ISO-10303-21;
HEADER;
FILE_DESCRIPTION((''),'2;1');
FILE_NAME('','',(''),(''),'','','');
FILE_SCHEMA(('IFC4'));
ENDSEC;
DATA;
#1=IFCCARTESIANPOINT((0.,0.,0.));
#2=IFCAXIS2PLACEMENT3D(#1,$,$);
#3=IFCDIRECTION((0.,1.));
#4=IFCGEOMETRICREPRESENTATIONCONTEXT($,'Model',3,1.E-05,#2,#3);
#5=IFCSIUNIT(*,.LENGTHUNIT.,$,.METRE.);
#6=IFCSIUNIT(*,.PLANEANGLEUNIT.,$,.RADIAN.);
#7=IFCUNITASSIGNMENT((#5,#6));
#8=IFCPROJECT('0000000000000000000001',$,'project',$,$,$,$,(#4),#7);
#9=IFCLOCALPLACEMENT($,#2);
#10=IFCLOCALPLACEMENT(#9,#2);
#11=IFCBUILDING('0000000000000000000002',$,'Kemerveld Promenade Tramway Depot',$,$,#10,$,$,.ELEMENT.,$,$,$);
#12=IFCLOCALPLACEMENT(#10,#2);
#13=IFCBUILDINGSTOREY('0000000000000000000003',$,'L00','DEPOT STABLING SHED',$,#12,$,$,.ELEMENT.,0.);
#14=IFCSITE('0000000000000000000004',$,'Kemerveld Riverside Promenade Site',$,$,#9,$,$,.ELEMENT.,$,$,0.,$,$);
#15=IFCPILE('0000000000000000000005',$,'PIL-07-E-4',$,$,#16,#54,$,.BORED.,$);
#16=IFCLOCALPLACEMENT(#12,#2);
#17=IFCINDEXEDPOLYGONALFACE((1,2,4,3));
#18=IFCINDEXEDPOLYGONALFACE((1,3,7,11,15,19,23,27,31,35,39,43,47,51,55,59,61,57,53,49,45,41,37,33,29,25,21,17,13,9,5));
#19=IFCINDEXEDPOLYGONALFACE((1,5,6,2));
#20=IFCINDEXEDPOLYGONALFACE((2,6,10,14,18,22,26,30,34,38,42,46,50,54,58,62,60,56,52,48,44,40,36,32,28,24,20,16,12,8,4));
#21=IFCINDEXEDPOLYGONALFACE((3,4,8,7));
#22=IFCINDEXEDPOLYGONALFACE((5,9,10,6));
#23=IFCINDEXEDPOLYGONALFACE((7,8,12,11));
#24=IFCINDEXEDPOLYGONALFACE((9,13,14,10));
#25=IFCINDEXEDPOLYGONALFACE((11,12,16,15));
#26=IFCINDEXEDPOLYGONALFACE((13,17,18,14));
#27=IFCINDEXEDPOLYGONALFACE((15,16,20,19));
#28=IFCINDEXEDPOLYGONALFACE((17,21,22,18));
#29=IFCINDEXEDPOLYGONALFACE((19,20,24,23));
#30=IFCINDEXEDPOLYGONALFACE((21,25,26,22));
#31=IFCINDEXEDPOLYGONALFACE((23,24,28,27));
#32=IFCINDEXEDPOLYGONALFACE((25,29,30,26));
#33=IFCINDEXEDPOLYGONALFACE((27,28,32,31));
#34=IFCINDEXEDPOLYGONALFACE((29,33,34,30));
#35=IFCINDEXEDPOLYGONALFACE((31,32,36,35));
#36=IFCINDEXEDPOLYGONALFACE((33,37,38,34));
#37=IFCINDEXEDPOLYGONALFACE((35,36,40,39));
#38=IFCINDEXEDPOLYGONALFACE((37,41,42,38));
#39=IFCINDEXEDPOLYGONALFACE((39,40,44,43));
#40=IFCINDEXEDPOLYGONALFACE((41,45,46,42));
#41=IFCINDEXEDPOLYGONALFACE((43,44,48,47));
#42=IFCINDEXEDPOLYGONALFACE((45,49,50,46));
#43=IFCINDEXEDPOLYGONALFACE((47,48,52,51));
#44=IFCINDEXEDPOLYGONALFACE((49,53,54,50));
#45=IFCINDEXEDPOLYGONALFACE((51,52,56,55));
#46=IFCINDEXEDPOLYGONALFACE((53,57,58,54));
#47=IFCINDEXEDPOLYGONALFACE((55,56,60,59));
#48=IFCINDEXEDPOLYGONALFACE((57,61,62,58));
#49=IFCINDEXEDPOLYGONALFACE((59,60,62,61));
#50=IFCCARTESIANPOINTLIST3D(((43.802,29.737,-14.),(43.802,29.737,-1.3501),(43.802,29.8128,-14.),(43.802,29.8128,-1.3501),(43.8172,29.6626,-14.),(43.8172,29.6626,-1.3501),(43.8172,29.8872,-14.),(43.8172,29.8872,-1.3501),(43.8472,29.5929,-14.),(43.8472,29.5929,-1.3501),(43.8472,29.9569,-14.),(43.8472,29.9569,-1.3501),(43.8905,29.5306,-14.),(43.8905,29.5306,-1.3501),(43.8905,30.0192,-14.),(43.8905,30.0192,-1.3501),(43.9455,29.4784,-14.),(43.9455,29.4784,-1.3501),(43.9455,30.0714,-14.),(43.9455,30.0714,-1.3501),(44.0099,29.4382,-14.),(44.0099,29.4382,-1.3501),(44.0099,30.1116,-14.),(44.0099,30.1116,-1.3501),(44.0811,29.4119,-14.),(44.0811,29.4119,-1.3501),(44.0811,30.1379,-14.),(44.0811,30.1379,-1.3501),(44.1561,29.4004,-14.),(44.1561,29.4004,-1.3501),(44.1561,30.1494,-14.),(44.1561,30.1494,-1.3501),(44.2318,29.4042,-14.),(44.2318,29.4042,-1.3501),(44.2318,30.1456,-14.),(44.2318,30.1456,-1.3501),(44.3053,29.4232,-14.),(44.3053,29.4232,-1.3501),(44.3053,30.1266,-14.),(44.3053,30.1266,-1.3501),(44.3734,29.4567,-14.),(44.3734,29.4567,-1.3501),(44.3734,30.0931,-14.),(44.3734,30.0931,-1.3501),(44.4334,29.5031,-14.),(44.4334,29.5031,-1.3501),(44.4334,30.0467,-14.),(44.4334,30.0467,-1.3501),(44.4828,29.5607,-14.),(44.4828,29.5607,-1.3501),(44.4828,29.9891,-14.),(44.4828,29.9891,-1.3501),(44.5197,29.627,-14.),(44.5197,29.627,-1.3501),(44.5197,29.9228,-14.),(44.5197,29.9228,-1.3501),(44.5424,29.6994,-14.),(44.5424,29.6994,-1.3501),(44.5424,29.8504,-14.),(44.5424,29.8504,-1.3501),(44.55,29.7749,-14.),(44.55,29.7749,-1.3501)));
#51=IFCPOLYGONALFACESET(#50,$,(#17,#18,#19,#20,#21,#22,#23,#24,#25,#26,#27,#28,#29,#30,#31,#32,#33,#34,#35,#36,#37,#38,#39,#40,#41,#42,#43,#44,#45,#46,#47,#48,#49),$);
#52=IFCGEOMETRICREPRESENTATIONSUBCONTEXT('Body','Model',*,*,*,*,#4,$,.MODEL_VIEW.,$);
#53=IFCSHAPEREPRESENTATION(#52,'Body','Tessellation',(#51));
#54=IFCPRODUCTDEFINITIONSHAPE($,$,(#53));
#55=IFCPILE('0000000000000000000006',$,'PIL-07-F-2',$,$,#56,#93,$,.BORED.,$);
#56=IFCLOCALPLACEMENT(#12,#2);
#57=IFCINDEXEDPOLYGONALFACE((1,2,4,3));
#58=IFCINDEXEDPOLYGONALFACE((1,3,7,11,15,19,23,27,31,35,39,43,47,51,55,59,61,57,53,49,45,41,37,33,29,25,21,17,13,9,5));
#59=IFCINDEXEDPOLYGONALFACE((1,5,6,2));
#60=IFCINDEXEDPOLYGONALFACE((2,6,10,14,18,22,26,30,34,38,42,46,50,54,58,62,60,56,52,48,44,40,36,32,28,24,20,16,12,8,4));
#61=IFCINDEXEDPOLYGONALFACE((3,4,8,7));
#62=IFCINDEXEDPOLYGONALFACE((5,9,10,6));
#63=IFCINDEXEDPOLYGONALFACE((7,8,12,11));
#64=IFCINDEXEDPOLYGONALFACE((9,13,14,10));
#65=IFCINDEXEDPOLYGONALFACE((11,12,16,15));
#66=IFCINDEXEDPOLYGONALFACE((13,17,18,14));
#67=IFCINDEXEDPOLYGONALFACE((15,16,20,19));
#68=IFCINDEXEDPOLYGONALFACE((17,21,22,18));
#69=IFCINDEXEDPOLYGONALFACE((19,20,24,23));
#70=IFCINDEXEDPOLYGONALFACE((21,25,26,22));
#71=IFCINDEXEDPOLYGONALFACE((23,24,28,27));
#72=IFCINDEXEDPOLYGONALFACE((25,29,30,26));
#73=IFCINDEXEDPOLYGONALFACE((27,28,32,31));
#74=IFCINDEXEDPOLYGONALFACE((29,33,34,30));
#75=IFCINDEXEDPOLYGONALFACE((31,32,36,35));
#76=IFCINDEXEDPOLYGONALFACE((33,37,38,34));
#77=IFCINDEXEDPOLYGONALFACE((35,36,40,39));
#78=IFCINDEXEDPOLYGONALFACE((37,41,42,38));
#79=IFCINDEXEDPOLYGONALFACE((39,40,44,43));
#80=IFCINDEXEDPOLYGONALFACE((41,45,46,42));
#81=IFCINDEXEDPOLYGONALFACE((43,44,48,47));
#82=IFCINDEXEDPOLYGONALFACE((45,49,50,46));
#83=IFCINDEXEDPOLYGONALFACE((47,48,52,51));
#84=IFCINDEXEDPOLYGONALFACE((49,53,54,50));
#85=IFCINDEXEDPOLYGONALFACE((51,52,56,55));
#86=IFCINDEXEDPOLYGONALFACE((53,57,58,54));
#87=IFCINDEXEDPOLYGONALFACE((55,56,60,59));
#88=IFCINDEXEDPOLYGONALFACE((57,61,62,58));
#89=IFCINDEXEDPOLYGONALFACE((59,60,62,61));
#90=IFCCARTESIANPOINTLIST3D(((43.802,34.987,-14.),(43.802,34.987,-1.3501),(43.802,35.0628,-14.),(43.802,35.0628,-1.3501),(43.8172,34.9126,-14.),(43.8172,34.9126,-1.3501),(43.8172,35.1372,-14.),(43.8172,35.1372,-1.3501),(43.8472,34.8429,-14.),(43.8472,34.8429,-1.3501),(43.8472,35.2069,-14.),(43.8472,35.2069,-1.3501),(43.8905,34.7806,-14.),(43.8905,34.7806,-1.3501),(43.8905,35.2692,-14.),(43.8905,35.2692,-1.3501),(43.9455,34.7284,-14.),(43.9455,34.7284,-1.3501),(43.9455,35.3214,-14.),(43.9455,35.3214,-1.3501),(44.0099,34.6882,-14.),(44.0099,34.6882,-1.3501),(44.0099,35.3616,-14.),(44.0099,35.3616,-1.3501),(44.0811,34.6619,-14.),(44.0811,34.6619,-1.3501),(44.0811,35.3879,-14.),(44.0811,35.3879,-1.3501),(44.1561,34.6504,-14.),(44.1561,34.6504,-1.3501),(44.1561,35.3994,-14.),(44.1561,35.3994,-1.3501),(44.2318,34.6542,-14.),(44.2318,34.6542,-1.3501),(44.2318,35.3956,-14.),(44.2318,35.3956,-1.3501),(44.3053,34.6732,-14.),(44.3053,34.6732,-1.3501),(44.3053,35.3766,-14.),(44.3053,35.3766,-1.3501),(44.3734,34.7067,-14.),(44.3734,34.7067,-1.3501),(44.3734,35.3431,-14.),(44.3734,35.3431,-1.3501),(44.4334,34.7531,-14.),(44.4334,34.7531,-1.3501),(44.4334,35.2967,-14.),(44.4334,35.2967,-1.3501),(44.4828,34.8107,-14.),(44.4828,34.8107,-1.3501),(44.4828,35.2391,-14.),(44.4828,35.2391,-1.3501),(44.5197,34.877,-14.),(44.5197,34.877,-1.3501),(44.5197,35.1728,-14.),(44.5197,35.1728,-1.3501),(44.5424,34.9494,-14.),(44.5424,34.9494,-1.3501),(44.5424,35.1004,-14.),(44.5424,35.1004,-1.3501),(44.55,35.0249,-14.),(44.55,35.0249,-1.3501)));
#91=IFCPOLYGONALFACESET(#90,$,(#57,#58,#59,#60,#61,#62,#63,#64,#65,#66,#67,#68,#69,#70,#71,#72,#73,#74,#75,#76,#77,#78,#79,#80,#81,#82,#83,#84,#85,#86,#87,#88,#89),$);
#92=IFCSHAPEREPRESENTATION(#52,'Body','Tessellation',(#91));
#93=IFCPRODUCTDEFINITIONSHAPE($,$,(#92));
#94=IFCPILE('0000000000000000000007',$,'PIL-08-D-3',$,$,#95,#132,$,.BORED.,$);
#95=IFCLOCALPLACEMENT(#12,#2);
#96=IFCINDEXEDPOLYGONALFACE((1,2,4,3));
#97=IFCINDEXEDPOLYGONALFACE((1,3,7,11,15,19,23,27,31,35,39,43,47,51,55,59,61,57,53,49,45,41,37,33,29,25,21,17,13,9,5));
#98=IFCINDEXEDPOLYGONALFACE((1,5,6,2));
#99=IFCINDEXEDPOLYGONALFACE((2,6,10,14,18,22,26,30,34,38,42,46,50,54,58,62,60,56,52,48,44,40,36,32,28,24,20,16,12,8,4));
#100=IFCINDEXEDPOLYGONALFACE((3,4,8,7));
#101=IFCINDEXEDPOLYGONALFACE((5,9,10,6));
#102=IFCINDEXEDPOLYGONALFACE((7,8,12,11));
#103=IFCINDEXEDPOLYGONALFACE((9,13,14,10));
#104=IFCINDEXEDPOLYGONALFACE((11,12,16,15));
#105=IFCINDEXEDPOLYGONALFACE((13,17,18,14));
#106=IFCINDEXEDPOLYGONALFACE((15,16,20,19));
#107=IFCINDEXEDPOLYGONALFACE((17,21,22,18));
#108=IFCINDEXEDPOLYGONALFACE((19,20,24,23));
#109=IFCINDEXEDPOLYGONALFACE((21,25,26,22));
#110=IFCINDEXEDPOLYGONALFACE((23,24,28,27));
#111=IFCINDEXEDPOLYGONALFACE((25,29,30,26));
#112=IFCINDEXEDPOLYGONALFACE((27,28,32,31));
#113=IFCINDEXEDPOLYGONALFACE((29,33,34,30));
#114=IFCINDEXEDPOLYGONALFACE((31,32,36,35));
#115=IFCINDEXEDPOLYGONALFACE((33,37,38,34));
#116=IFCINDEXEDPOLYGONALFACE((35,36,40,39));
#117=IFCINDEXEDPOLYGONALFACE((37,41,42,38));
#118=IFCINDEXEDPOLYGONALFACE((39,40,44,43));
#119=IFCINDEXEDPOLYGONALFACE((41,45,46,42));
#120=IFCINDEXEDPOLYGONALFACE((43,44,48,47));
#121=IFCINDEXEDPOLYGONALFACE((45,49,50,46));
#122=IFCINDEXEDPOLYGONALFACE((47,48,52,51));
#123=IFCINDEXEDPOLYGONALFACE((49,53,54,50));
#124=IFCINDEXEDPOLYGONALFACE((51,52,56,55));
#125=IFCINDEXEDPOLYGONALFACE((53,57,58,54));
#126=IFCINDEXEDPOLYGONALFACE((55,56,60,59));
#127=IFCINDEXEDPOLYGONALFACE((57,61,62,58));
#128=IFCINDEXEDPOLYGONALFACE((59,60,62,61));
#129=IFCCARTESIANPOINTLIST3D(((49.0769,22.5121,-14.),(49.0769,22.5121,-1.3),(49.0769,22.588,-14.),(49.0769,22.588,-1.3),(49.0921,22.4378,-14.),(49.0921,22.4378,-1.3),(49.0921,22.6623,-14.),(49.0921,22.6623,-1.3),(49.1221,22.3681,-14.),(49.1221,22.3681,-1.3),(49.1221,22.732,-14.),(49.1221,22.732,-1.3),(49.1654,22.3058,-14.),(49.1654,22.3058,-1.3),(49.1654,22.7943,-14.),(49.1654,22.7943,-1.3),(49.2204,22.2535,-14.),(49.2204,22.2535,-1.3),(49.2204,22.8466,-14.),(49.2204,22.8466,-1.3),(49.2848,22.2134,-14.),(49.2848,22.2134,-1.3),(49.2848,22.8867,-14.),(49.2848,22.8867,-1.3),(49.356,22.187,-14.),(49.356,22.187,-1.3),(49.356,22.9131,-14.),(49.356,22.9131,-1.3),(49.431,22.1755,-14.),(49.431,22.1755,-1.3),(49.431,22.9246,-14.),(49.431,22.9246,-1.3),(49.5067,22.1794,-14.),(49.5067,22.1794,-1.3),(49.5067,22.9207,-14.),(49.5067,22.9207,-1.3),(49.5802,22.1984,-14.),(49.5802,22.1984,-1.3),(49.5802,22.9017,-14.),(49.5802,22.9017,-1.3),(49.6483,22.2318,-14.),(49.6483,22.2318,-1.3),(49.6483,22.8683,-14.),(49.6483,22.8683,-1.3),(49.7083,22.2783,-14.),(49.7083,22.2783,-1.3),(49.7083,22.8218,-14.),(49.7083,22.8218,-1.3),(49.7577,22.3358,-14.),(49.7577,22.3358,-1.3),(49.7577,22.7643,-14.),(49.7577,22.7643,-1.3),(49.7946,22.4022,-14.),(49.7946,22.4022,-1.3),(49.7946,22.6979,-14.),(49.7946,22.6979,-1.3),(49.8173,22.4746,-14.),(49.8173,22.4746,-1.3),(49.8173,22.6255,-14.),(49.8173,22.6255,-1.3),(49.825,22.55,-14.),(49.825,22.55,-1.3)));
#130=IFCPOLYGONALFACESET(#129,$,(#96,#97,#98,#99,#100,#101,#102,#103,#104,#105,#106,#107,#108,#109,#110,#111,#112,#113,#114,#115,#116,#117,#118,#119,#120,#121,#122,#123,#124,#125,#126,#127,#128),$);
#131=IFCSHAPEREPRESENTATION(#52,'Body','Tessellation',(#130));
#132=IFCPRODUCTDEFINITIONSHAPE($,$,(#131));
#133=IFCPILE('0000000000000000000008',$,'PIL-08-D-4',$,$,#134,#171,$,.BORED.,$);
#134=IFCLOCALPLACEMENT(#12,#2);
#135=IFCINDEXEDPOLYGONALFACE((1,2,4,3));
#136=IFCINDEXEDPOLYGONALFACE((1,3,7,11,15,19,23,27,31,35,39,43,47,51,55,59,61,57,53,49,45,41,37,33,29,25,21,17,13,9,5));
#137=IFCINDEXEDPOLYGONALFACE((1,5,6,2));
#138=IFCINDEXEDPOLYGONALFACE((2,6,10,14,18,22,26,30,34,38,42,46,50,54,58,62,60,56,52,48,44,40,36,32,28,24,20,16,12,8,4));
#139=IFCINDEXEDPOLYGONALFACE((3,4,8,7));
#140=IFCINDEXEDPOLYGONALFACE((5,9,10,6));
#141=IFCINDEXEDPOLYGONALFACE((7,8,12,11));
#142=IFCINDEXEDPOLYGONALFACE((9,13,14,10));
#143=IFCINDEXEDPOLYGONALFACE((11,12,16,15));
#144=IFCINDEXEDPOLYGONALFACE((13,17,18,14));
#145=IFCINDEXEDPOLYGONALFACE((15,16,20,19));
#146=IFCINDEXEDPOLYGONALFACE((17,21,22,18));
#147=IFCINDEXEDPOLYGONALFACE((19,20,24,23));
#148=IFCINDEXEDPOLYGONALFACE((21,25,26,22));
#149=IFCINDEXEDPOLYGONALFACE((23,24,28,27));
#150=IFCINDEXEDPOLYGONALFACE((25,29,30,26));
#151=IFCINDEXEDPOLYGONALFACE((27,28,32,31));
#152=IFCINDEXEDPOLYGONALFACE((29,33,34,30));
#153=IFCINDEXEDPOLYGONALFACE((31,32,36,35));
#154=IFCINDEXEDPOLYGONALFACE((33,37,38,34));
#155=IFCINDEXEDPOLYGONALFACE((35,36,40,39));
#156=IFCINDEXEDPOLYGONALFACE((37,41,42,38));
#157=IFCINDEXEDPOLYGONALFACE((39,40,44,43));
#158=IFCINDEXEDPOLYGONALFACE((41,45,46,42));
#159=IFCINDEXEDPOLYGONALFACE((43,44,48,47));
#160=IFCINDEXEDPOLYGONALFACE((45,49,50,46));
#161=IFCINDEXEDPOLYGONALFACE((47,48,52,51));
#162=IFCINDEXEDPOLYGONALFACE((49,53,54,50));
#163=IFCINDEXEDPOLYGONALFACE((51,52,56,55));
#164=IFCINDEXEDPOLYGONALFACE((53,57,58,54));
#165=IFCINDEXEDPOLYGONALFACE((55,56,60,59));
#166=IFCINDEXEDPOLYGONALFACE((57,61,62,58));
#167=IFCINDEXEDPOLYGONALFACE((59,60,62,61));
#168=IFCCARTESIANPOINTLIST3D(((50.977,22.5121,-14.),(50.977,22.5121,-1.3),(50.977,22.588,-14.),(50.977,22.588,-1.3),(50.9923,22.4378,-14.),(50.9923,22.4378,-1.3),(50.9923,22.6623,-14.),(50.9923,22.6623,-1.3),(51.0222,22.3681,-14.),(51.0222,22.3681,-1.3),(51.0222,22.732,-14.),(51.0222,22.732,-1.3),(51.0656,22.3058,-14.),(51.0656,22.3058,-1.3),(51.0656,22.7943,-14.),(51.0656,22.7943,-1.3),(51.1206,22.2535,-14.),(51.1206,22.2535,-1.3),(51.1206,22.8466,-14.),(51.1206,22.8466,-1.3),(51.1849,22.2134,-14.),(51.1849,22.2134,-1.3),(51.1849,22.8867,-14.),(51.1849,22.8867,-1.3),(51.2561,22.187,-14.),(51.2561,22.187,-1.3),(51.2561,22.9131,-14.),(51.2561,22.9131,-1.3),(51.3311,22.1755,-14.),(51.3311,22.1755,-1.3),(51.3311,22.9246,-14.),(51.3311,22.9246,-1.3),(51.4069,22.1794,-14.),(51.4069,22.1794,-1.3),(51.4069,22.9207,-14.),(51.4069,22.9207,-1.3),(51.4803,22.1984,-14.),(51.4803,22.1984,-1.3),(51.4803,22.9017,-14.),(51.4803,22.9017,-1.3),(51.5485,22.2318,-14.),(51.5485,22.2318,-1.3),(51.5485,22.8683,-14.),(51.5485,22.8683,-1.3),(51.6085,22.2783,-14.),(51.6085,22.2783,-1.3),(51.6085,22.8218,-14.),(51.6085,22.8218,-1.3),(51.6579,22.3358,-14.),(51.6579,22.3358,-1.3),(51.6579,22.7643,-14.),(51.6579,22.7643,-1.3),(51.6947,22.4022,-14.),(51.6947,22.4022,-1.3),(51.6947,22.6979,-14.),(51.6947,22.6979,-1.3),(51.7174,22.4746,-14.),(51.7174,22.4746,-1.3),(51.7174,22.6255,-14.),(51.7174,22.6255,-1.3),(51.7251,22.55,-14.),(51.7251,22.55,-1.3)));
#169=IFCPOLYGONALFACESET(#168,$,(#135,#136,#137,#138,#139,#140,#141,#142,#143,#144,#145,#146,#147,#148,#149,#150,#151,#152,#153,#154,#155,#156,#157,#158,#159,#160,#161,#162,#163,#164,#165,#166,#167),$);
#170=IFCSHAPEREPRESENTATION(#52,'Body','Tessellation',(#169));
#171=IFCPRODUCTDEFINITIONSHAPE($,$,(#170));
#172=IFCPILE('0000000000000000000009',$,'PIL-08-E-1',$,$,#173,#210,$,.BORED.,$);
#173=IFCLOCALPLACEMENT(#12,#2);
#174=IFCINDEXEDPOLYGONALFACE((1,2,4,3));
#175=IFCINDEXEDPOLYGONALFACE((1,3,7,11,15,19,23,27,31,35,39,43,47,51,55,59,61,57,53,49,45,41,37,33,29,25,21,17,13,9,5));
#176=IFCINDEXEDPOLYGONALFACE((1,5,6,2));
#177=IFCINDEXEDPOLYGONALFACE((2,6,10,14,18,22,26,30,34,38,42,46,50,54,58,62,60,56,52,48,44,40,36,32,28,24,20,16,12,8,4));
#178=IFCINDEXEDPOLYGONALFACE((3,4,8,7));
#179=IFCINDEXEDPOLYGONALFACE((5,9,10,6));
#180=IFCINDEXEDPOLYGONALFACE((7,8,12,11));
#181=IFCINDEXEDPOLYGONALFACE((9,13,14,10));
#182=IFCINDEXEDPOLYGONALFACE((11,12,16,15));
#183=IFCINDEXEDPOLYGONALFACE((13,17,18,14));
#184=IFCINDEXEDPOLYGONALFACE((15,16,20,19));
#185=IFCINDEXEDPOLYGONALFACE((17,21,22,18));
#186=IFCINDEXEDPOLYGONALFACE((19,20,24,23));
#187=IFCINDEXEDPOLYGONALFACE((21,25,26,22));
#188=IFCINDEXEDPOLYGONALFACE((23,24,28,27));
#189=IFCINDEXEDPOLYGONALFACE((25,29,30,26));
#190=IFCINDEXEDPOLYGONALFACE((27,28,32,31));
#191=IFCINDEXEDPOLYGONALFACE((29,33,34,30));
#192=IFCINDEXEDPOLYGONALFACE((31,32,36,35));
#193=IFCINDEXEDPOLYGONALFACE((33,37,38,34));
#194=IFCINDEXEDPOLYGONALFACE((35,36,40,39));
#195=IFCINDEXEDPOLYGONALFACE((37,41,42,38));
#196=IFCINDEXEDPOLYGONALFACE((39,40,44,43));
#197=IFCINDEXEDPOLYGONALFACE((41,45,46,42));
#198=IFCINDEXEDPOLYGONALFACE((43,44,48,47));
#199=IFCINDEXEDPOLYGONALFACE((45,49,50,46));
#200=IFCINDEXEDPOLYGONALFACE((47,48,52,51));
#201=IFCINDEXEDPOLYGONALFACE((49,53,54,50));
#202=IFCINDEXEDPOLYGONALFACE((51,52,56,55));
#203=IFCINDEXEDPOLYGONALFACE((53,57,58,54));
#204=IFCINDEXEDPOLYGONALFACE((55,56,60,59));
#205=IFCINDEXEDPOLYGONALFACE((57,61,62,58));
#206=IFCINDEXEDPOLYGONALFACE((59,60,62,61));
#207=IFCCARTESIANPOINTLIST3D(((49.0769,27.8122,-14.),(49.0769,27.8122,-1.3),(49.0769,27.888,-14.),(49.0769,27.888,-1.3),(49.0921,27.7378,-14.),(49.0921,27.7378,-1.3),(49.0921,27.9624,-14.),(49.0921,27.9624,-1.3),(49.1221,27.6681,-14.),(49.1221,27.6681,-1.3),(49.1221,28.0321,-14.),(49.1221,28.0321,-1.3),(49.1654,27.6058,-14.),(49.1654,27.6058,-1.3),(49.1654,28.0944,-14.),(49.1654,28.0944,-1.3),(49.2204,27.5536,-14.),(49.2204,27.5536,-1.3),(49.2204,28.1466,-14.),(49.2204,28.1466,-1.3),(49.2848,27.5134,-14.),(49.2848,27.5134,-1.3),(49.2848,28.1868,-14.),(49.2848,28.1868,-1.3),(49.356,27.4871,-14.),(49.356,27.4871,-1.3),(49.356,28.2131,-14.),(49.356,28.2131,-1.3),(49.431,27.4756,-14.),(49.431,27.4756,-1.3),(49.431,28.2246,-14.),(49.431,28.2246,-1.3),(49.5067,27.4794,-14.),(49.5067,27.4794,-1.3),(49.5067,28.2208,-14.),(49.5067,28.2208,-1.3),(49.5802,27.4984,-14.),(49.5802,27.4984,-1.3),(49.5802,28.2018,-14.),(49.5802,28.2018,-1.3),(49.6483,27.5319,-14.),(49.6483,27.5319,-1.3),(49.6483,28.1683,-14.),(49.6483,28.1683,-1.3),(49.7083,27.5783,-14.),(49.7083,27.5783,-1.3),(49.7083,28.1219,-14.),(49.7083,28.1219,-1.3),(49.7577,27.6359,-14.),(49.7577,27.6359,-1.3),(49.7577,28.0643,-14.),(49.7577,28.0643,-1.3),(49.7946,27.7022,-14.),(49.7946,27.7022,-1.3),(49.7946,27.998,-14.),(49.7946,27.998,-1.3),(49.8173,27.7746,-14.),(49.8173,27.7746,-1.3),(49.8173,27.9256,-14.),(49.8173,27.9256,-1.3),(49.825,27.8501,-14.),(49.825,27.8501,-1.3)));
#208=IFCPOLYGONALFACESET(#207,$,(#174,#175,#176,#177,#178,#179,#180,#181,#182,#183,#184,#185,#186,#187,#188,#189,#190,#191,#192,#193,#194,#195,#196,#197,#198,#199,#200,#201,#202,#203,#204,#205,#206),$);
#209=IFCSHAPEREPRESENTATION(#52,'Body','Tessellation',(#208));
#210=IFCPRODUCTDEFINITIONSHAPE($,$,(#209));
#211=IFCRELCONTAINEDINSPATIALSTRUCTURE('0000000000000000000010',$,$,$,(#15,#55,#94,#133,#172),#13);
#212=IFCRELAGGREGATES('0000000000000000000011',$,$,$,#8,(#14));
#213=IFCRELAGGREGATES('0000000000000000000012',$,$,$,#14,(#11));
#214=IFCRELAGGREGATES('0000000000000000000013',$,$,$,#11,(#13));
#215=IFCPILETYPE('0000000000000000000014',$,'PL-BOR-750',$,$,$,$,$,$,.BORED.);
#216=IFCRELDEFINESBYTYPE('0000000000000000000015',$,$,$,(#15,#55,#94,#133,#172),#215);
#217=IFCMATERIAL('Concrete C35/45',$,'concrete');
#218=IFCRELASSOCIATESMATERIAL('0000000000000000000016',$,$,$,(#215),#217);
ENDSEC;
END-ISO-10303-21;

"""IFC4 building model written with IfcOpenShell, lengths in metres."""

from ifc_helpers import new_model, si_unit, direction, frame, origin, origin_2d, place, context, subcontext, project, spatial, circle, extrude, material, material_profile, profile_set, type_object, element, save


model = new_model("IFC4")

# Units and contexts
model_context = context("Model", 3, precision=1e-05, world=origin(), true_north=direction((0.0, 1.0)))
body_context = subcontext(model_context, "Body", "Model", "MODEL_VIEW")
ifc_project = project(units=[si_unit("LENGTHUNIT", "METRE"), si_unit("PLANEANGLEUNIT", "RADIAN")], contexts=[model_context])

# Site, building, storey
site_placement = place(None, origin())
site = spatial("IfcSite", under=ifc_project, at=site_placement, Name="Kemerveld Riverside Promenade Site", CompositionType="ELEMENT", RefElevation=0.0)
building_placement = place(site_placement, origin())
building = spatial("IfcBuilding", under=site, at=building_placement, Name="Kemerveld Promenade Tramway Depot", CompositionType="ELEMENT")
storey_placement = place(building_placement, origin())
storey = spatial("IfcBuildingStorey", under=building, at=storey_placement, Name="L00", Description="DEPOT STABLING SHED", CompositionType="ELEMENT", Elevation=0.0)

# Shared definitions
ifc_material_1 = material(Name="Concrete C35/45", Category="concrete")

# Piles
ifc_material_profile_1 = material_profile(ifc_material_1, circle(Radius=0.375, at=origin_2d()), Name="PILE-D750")
ifc_profile_set_1 = profile_set([ifc_material_profile_1], Name="Concrete C35/45")
pile_type = type_object("IfcPileType", Name="PL-BOR-750", PredefinedType="BORED", material=ifc_profile_set_1)
for number, where, z_axis, x_axis, name in (
    (1, (44.175, 29.7749, -1.3501), (0.0, 0.0, -1.0), (1.0, 0.0, 0.0), "PIL-07-E-4"),
    (2, (44.175, 35.0249, -1.3501), (0.0, 0.0, -1.0), (1.0, 0.0, 0.0), "PIL-07-F-2"),
):
    element("IfcPile", number, at=place(storey_placement, frame(where, z_axis=z_axis, x_axis=x_axis)), inside=storey, type_object=pile_type, Name=name, PredefinedType="BORED", context=body_context, shape_type="SweptSolid", body=[
        extrude(circle(Radius=0.375, at=origin_2d()), origin(), (0.0, 0.0, 1.0), 12.6499),
    ])
for number, where, z_axis, x_axis, name in (
    (3, (49.45, 22.55, -1.3), (0.0, 0.0, -1.0), (1.0, 0.0, 0.0), "PIL-08-D-3"),
    (4, (51.3501, 22.55, -1.3), (0.0, 0.0, -1.0), (1.0, 0.0, 0.0), "PIL-08-D-4"),
    (5, (49.45, 27.8501, -1.3), (0.0, 0.0, -1.0), (1.0, 0.0, 0.0), "PIL-08-E-1"),
):
    element("IfcPile", number, at=place(storey_placement, frame(where, z_axis=z_axis, x_axis=x_axis)), inside=storey, type_object=pile_type, Name=name, PredefinedType="BORED", context=body_context, shape_type="SweptSolid", body=[
        extrude(circle(Radius=0.375, at=origin_2d()), origin(), (0.0, 0.0, 1.0), 12.7),
    ])

save(model, "model.ifc")
